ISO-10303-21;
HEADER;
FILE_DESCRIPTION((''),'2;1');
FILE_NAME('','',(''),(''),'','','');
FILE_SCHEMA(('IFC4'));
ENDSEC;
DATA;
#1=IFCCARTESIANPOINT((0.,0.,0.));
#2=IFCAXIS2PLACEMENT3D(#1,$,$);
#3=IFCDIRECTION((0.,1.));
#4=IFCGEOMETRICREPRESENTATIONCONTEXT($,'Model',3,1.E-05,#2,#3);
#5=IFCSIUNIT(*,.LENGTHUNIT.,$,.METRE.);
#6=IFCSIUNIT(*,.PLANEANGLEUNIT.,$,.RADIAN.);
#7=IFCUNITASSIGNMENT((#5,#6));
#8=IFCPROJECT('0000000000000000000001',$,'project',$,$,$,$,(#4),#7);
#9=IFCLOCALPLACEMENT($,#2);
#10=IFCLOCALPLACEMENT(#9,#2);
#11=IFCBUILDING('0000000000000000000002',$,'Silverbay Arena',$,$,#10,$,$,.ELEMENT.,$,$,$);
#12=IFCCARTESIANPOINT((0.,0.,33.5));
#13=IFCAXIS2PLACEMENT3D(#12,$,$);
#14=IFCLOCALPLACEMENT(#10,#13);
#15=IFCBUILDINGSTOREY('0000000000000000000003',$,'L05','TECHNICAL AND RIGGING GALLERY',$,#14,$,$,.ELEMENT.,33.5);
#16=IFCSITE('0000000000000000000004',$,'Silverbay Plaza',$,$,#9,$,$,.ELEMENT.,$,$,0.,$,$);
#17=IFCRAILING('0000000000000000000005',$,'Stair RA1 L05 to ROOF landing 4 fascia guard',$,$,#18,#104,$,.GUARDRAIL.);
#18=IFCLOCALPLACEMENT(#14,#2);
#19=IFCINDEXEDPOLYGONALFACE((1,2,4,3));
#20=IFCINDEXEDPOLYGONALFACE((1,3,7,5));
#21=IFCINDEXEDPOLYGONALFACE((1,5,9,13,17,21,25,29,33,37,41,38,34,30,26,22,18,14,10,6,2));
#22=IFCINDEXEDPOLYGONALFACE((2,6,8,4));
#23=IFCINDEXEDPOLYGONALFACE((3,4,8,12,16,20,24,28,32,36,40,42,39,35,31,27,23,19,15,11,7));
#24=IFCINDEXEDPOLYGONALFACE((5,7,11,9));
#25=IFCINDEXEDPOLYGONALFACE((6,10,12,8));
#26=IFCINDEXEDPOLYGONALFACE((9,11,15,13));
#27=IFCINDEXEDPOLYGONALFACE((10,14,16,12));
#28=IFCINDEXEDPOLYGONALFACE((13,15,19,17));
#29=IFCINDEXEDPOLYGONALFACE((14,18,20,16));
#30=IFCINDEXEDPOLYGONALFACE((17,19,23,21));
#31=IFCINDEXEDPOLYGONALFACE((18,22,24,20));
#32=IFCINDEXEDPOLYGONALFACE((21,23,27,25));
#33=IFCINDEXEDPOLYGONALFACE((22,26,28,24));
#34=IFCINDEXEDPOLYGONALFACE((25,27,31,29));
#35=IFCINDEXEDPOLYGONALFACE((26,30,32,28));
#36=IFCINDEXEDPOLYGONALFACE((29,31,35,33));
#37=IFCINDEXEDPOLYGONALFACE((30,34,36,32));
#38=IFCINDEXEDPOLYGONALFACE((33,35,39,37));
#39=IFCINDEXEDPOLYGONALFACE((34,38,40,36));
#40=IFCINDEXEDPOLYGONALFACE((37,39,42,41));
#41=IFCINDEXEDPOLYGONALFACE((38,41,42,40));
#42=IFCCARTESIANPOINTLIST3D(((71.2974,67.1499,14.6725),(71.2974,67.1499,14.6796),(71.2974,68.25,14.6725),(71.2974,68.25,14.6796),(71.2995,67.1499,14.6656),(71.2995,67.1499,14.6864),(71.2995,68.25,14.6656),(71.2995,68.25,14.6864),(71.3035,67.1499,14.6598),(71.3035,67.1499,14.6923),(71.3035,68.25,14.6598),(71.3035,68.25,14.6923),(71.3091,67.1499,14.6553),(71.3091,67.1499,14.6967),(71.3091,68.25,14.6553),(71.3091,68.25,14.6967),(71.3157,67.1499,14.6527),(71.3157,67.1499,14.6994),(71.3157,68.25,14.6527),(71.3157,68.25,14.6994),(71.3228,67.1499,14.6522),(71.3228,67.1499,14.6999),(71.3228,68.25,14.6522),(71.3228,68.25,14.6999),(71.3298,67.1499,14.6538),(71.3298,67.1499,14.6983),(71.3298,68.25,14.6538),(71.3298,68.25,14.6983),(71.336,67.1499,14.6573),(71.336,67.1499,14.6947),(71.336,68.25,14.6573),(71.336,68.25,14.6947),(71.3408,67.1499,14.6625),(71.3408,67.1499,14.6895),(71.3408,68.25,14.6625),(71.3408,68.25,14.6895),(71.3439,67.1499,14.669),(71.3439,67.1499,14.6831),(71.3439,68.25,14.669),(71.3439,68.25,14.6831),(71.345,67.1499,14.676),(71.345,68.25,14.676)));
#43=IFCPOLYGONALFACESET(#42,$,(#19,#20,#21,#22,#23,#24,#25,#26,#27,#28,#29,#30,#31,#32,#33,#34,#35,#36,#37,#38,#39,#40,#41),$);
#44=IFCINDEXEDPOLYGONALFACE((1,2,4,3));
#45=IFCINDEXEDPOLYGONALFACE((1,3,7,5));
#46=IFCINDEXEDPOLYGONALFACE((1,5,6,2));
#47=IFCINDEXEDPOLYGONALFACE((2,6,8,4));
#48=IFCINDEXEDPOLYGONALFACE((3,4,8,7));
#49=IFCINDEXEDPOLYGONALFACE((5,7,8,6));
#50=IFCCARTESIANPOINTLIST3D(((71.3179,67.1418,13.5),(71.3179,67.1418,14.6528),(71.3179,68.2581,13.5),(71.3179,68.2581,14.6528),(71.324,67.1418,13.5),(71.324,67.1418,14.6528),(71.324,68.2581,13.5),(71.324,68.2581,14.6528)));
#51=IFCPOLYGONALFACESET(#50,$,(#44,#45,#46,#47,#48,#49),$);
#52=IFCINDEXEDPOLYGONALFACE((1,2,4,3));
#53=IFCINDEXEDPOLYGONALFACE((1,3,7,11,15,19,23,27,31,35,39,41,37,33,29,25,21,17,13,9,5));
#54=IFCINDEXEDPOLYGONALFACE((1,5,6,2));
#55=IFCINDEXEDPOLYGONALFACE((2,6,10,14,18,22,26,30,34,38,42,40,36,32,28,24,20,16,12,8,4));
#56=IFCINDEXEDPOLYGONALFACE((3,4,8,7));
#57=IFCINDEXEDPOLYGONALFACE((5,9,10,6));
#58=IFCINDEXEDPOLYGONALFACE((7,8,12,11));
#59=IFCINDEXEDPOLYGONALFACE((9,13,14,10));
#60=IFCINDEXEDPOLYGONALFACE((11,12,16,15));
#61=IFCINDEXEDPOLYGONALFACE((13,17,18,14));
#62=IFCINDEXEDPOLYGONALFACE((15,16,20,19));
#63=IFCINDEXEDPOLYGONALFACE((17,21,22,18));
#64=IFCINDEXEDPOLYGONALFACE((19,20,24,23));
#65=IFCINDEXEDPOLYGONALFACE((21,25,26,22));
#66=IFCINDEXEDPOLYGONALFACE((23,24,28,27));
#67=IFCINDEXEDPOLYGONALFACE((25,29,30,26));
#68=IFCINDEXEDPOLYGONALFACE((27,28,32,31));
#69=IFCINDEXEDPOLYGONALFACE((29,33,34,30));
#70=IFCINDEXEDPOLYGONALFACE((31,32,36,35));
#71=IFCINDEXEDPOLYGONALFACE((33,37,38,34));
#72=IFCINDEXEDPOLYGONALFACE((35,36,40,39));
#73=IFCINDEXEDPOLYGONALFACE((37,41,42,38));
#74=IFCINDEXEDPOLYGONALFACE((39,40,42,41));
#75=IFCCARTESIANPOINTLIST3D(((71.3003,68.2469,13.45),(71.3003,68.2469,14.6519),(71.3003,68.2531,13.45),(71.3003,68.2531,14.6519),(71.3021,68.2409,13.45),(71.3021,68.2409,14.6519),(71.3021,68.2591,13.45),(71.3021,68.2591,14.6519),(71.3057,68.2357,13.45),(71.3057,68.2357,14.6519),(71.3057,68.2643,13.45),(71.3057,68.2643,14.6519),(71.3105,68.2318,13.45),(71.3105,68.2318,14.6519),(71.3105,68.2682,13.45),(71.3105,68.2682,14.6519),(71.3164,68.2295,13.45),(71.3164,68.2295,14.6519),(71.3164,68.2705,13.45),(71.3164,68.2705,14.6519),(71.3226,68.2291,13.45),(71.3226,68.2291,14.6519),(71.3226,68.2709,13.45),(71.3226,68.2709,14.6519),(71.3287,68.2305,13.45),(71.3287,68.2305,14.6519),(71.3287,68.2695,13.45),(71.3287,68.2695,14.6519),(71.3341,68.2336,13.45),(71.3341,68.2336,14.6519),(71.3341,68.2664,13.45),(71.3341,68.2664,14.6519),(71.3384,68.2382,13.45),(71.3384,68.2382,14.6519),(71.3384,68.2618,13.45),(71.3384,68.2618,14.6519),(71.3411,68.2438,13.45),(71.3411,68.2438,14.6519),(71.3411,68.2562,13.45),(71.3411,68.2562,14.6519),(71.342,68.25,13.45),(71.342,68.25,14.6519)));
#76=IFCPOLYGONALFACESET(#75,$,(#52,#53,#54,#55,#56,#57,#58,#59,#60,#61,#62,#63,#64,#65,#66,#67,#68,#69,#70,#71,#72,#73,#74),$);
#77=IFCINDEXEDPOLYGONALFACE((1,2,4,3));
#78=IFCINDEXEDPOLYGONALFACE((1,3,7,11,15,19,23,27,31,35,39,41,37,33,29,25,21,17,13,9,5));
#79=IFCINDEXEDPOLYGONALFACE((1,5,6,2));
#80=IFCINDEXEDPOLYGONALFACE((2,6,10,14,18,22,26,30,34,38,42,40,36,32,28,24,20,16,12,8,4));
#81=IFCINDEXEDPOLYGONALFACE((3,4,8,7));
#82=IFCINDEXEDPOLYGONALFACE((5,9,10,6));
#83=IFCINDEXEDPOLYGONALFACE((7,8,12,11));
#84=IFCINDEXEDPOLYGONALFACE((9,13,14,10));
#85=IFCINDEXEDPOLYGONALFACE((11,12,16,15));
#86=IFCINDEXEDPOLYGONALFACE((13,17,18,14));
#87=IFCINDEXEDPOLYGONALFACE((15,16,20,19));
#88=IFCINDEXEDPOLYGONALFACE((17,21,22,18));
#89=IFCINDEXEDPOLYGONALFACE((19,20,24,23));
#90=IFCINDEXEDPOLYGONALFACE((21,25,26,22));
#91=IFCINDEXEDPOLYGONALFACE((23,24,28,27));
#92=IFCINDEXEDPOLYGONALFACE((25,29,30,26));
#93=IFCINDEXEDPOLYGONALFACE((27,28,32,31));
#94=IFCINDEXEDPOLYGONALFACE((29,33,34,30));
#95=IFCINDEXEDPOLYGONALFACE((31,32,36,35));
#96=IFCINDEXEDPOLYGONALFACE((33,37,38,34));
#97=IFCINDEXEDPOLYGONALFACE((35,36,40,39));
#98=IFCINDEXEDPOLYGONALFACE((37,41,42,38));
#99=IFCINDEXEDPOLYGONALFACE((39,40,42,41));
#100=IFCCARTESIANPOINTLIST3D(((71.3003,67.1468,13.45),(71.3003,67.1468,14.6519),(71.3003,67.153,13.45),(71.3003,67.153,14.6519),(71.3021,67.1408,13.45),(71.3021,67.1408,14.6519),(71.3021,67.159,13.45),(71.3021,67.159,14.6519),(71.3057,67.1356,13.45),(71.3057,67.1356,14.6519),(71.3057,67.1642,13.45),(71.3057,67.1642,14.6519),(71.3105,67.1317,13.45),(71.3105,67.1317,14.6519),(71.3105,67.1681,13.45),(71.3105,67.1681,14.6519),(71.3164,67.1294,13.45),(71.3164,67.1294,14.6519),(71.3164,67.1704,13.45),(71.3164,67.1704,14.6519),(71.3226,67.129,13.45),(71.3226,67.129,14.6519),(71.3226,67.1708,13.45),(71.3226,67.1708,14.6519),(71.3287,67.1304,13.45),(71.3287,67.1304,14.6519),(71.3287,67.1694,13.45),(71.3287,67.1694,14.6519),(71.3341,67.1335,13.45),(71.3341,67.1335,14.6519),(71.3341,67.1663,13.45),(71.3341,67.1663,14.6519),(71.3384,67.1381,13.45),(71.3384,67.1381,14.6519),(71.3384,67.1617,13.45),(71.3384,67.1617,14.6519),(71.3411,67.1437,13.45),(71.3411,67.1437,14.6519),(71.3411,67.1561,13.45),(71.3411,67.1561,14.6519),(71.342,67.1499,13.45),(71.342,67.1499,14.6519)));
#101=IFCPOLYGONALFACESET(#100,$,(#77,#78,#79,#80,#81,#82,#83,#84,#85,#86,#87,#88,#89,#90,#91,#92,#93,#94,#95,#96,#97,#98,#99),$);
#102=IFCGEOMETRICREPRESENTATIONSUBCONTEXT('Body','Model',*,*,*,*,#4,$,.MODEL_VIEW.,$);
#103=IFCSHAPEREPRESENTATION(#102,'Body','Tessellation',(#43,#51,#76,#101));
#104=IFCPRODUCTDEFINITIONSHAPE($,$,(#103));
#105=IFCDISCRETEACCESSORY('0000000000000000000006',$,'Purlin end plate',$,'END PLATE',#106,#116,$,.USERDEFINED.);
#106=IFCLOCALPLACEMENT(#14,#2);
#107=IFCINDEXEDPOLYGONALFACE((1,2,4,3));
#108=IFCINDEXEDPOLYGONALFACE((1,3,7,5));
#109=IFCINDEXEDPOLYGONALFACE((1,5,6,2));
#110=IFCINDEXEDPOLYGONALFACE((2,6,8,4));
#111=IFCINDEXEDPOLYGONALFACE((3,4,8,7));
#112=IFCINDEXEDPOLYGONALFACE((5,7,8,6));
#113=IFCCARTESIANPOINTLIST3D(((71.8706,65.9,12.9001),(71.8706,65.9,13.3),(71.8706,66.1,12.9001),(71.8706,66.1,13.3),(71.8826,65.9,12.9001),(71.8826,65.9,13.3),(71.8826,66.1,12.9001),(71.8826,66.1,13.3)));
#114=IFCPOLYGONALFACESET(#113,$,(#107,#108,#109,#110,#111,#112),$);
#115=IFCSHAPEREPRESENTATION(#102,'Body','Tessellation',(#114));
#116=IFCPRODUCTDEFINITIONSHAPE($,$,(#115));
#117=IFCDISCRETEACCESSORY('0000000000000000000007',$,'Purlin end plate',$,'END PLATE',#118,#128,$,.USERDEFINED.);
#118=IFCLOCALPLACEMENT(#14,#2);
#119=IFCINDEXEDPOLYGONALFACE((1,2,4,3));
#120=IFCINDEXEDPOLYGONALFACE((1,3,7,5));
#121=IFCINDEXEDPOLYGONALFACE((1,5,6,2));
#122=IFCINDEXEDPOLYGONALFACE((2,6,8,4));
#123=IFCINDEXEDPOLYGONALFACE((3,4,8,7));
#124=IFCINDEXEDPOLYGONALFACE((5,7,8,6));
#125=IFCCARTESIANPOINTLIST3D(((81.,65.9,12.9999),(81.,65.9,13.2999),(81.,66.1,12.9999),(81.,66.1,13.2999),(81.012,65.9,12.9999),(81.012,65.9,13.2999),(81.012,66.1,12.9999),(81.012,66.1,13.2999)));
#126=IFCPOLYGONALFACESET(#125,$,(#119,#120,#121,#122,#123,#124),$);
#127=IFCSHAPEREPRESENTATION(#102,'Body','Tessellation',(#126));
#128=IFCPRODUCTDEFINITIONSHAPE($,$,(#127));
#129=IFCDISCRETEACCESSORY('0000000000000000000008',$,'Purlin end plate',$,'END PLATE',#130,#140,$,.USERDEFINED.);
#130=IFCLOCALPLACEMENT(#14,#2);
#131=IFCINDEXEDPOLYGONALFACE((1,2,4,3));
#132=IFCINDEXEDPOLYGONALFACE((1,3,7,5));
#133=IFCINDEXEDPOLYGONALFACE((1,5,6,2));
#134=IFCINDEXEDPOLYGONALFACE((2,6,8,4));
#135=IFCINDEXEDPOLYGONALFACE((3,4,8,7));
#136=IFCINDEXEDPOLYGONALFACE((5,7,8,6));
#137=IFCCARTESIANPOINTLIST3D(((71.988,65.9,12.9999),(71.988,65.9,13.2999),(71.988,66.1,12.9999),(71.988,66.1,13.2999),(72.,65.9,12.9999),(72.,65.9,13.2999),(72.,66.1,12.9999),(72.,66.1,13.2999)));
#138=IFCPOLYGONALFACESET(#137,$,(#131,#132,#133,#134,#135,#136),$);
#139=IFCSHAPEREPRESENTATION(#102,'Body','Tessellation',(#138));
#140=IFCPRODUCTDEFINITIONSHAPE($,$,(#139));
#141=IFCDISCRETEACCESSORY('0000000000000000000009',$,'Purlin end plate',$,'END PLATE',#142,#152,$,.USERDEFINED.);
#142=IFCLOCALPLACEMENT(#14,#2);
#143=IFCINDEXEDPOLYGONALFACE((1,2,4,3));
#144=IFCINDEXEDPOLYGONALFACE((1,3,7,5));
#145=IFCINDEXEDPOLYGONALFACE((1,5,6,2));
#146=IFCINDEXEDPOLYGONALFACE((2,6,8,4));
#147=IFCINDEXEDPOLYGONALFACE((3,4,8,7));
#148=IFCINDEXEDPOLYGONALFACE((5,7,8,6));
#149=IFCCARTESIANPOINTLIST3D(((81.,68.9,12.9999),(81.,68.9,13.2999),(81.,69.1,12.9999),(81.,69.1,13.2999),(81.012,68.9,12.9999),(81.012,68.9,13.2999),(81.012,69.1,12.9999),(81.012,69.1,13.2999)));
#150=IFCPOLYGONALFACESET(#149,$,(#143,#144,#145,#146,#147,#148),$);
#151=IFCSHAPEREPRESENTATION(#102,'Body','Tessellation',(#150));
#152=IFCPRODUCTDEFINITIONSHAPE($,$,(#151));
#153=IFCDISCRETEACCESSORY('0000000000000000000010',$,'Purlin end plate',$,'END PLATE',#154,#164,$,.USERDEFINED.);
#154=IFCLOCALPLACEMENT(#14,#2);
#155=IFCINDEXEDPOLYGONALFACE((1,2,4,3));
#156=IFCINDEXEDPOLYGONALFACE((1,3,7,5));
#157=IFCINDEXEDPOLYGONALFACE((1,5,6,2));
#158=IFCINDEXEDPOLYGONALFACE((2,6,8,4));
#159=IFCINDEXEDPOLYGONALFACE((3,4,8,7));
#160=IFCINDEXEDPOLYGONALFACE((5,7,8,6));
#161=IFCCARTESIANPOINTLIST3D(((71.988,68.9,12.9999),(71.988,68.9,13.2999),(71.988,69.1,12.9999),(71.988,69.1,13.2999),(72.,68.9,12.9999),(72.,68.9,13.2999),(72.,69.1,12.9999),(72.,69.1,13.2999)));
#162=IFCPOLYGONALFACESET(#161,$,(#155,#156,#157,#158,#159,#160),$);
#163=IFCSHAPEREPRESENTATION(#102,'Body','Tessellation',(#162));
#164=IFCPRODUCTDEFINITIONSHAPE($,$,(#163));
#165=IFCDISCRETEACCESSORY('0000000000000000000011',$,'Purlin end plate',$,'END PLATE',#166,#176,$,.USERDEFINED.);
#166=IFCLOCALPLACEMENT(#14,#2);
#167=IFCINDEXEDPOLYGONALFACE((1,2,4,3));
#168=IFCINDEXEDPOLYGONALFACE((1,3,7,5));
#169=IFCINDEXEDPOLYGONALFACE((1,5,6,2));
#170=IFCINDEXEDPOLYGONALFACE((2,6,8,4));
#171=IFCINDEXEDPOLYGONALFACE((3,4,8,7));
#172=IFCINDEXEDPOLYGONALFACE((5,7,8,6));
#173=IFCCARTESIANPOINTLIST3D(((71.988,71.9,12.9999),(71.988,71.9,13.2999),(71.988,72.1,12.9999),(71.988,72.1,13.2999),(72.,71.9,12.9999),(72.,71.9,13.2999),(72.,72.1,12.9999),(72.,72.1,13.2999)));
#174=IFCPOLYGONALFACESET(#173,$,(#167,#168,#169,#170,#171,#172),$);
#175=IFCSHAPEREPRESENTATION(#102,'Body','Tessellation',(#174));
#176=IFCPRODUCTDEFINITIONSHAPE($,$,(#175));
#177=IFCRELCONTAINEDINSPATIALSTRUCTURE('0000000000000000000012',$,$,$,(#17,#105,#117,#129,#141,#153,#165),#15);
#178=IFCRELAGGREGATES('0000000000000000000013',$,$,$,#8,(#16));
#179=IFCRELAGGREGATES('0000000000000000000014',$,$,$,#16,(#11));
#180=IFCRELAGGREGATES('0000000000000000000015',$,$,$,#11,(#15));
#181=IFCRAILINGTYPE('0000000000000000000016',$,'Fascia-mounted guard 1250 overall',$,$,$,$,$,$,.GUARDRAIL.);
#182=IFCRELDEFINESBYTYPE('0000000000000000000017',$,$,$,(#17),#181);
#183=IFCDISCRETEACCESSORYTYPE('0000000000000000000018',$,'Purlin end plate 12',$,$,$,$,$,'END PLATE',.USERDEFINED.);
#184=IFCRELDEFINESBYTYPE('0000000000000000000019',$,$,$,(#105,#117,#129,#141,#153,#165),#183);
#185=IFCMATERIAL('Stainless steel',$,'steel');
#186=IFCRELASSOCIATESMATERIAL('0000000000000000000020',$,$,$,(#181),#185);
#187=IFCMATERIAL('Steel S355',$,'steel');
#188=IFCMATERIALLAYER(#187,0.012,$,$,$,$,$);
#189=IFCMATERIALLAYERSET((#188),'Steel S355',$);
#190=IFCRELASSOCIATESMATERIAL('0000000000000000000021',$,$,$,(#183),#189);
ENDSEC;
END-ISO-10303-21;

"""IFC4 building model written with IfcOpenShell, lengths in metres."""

from ifc_helpers import new_model, si_unit, direction, frame, origin, origin_2d, place, context, subcontext, project, spatial, polyline, rectangle, circle, outline, extrude, material, layer, layer_set, type_object, element, save


model = new_model("IFC4")

# Units and contexts
model_context = context("Model", 3, precision=1e-05, world=origin(), true_north=direction((0.0, 1.0)))
body_context = subcontext(model_context, "Body", "Model", "MODEL_VIEW")
ifc_project = project(units=[si_unit("LENGTHUNIT", "METRE"), si_unit("PLANEANGLEUNIT", "RADIAN")], contexts=[model_context])

# Site, building, storey
site_placement = place(None, origin())
site = spatial("IfcSite", under=ifc_project, at=site_placement, Name="Silverbay Plaza", CompositionType="ELEMENT", RefElevation=0.0)
building_placement = place(site_placement, origin())
building = spatial("IfcBuilding", under=site, at=building_placement, Name="Silverbay Arena", CompositionType="ELEMENT")
storey_placement = place(building_placement, frame((0.0, 0.0, 33.5)))
storey = spatial("IfcBuildingStorey", under=building, at=storey_placement, Name="L05", Description="TECHNICAL AND RIGGING GALLERY", CompositionType="ELEMENT", Elevation=33.5)

# Railing
ifc_material_1 = material(Name="Stainless steel", Category="steel")
railing_type = type_object("IfcRailingType", Name="Fascia-mounted guard 1250 overall", PredefinedType="GUARDRAIL", material=ifc_material_1)
railing_placement = place(storey_placement, frame((71.321, 68.25, 13.45)))
element("IfcRailing", 1, at=railing_placement, inside=storey, type_object=railing_type, Name="Stair RA1 L05 to ROOF landing 4 fascia guard", PredefinedType="GUARDRAIL", context=body_context, shape_type="SweptSolid", body=[
    extrude(circle(Radius=0.0239, at=origin_2d()), frame((0.0, 0.0, 1.2261), z_axis=(0.0, -1.0, 0.0), x_axis=(1.0, 0.0, 0.0)), (0.0, 0.0, 1.0), 1.1001),
    extrude(outline(polyline([(-0.0081, 0.05), (1.1082, 0.05), (1.1082, 1.2029), (-0.0081, 1.2029), (-0.0081, 0.05)])), frame((0.0029, 0.0, 0.0), z_axis=(-1.0, 0.0, 0.0), x_axis=(0.0, -1.0, 0.0)), (0.0, 0.0, 1.0), 0.0061),
    extrude(circle(Radius=0.021, at=origin_2d()), origin(), (0.0, 0.0, 1.0), 1.2019),
    extrude(circle(Radius=0.021, at=origin_2d()), frame((0.0, -1.1001, 0.0)), (0.0, 0.0, 1.0), 1.2019),
])

# Discrete accessories
ifc_material_2 = material(Name="Steel S355", Category="steel")
ifc_layer_1 = layer(ifc_material_2, 0.012)
ifc_layer_set_1 = layer_set([ifc_layer_1], Name="Steel S355")
discrete_accessory_type = type_object("IfcDiscreteAccessoryType", Name="Purlin end plate 12", ElementType="END PLATE", PredefinedType="USERDEFINED", material=ifc_layer_set_1)
discrete_accessory_placement = place(storey_placement, frame((71.8706, 66.0, 13.1001), z_axis=(1.0, 0.0, 0.0), x_axis=(0.0, 1.0, 0.0)))
element("IfcDiscreteAccessory", 2, at=discrete_accessory_placement, inside=storey, type_object=discrete_accessory_type, Name="Purlin end plate", ObjectType="END PLATE", PredefinedType="USERDEFINED", context=body_context, shape_type="SweptSolid", body=[
    extrude(rectangle(XDim=0.2, YDim=0.3999, at=origin_2d()), origin(), (0.0, 0.0, 1.0), 0.012),
])
for number, where, z_axis, x_axis, name in (
    (3, (81.0, 66.0, 13.1499), (1.0, 0.0, 0.0), (0.0, 1.0, 0.0), "Purlin end plate"),
    (4, (72.0, 66.0, 13.1499), (-1.0, 0.0, 0.0), (0.0, -1.0, 0.0), "Purlin end plate"),
    (5, (81.0, 69.0, 13.1499), (1.0, 0.0, 0.0), (0.0, 1.0, 0.0), "Purlin end plate"),
    (6, (72.0, 69.0, 13.1499), (-1.0, 0.0, 0.0), (0.0, -1.0, 0.0), "Purlin end plate"),
    (7, (72.0, 72.0, 13.1499), (-1.0, 0.0, 0.0), (0.0, -1.0, 0.0), "Purlin end plate"),
):
    element("IfcDiscreteAccessory", number, at=place(storey_placement, frame(where, z_axis=z_axis, x_axis=x_axis)), inside=storey, type_object=discrete_accessory_type, Name=name, ObjectType="END PLATE", PredefinedType="USERDEFINED", context=body_context, shape_type="SweptSolid", body=[
        extrude(rectangle(XDim=0.2, YDim=0.3, at=origin_2d()), origin(), (0.0, 0.0, 1.0), 0.012),
    ])

save(model, "model.ifc")
